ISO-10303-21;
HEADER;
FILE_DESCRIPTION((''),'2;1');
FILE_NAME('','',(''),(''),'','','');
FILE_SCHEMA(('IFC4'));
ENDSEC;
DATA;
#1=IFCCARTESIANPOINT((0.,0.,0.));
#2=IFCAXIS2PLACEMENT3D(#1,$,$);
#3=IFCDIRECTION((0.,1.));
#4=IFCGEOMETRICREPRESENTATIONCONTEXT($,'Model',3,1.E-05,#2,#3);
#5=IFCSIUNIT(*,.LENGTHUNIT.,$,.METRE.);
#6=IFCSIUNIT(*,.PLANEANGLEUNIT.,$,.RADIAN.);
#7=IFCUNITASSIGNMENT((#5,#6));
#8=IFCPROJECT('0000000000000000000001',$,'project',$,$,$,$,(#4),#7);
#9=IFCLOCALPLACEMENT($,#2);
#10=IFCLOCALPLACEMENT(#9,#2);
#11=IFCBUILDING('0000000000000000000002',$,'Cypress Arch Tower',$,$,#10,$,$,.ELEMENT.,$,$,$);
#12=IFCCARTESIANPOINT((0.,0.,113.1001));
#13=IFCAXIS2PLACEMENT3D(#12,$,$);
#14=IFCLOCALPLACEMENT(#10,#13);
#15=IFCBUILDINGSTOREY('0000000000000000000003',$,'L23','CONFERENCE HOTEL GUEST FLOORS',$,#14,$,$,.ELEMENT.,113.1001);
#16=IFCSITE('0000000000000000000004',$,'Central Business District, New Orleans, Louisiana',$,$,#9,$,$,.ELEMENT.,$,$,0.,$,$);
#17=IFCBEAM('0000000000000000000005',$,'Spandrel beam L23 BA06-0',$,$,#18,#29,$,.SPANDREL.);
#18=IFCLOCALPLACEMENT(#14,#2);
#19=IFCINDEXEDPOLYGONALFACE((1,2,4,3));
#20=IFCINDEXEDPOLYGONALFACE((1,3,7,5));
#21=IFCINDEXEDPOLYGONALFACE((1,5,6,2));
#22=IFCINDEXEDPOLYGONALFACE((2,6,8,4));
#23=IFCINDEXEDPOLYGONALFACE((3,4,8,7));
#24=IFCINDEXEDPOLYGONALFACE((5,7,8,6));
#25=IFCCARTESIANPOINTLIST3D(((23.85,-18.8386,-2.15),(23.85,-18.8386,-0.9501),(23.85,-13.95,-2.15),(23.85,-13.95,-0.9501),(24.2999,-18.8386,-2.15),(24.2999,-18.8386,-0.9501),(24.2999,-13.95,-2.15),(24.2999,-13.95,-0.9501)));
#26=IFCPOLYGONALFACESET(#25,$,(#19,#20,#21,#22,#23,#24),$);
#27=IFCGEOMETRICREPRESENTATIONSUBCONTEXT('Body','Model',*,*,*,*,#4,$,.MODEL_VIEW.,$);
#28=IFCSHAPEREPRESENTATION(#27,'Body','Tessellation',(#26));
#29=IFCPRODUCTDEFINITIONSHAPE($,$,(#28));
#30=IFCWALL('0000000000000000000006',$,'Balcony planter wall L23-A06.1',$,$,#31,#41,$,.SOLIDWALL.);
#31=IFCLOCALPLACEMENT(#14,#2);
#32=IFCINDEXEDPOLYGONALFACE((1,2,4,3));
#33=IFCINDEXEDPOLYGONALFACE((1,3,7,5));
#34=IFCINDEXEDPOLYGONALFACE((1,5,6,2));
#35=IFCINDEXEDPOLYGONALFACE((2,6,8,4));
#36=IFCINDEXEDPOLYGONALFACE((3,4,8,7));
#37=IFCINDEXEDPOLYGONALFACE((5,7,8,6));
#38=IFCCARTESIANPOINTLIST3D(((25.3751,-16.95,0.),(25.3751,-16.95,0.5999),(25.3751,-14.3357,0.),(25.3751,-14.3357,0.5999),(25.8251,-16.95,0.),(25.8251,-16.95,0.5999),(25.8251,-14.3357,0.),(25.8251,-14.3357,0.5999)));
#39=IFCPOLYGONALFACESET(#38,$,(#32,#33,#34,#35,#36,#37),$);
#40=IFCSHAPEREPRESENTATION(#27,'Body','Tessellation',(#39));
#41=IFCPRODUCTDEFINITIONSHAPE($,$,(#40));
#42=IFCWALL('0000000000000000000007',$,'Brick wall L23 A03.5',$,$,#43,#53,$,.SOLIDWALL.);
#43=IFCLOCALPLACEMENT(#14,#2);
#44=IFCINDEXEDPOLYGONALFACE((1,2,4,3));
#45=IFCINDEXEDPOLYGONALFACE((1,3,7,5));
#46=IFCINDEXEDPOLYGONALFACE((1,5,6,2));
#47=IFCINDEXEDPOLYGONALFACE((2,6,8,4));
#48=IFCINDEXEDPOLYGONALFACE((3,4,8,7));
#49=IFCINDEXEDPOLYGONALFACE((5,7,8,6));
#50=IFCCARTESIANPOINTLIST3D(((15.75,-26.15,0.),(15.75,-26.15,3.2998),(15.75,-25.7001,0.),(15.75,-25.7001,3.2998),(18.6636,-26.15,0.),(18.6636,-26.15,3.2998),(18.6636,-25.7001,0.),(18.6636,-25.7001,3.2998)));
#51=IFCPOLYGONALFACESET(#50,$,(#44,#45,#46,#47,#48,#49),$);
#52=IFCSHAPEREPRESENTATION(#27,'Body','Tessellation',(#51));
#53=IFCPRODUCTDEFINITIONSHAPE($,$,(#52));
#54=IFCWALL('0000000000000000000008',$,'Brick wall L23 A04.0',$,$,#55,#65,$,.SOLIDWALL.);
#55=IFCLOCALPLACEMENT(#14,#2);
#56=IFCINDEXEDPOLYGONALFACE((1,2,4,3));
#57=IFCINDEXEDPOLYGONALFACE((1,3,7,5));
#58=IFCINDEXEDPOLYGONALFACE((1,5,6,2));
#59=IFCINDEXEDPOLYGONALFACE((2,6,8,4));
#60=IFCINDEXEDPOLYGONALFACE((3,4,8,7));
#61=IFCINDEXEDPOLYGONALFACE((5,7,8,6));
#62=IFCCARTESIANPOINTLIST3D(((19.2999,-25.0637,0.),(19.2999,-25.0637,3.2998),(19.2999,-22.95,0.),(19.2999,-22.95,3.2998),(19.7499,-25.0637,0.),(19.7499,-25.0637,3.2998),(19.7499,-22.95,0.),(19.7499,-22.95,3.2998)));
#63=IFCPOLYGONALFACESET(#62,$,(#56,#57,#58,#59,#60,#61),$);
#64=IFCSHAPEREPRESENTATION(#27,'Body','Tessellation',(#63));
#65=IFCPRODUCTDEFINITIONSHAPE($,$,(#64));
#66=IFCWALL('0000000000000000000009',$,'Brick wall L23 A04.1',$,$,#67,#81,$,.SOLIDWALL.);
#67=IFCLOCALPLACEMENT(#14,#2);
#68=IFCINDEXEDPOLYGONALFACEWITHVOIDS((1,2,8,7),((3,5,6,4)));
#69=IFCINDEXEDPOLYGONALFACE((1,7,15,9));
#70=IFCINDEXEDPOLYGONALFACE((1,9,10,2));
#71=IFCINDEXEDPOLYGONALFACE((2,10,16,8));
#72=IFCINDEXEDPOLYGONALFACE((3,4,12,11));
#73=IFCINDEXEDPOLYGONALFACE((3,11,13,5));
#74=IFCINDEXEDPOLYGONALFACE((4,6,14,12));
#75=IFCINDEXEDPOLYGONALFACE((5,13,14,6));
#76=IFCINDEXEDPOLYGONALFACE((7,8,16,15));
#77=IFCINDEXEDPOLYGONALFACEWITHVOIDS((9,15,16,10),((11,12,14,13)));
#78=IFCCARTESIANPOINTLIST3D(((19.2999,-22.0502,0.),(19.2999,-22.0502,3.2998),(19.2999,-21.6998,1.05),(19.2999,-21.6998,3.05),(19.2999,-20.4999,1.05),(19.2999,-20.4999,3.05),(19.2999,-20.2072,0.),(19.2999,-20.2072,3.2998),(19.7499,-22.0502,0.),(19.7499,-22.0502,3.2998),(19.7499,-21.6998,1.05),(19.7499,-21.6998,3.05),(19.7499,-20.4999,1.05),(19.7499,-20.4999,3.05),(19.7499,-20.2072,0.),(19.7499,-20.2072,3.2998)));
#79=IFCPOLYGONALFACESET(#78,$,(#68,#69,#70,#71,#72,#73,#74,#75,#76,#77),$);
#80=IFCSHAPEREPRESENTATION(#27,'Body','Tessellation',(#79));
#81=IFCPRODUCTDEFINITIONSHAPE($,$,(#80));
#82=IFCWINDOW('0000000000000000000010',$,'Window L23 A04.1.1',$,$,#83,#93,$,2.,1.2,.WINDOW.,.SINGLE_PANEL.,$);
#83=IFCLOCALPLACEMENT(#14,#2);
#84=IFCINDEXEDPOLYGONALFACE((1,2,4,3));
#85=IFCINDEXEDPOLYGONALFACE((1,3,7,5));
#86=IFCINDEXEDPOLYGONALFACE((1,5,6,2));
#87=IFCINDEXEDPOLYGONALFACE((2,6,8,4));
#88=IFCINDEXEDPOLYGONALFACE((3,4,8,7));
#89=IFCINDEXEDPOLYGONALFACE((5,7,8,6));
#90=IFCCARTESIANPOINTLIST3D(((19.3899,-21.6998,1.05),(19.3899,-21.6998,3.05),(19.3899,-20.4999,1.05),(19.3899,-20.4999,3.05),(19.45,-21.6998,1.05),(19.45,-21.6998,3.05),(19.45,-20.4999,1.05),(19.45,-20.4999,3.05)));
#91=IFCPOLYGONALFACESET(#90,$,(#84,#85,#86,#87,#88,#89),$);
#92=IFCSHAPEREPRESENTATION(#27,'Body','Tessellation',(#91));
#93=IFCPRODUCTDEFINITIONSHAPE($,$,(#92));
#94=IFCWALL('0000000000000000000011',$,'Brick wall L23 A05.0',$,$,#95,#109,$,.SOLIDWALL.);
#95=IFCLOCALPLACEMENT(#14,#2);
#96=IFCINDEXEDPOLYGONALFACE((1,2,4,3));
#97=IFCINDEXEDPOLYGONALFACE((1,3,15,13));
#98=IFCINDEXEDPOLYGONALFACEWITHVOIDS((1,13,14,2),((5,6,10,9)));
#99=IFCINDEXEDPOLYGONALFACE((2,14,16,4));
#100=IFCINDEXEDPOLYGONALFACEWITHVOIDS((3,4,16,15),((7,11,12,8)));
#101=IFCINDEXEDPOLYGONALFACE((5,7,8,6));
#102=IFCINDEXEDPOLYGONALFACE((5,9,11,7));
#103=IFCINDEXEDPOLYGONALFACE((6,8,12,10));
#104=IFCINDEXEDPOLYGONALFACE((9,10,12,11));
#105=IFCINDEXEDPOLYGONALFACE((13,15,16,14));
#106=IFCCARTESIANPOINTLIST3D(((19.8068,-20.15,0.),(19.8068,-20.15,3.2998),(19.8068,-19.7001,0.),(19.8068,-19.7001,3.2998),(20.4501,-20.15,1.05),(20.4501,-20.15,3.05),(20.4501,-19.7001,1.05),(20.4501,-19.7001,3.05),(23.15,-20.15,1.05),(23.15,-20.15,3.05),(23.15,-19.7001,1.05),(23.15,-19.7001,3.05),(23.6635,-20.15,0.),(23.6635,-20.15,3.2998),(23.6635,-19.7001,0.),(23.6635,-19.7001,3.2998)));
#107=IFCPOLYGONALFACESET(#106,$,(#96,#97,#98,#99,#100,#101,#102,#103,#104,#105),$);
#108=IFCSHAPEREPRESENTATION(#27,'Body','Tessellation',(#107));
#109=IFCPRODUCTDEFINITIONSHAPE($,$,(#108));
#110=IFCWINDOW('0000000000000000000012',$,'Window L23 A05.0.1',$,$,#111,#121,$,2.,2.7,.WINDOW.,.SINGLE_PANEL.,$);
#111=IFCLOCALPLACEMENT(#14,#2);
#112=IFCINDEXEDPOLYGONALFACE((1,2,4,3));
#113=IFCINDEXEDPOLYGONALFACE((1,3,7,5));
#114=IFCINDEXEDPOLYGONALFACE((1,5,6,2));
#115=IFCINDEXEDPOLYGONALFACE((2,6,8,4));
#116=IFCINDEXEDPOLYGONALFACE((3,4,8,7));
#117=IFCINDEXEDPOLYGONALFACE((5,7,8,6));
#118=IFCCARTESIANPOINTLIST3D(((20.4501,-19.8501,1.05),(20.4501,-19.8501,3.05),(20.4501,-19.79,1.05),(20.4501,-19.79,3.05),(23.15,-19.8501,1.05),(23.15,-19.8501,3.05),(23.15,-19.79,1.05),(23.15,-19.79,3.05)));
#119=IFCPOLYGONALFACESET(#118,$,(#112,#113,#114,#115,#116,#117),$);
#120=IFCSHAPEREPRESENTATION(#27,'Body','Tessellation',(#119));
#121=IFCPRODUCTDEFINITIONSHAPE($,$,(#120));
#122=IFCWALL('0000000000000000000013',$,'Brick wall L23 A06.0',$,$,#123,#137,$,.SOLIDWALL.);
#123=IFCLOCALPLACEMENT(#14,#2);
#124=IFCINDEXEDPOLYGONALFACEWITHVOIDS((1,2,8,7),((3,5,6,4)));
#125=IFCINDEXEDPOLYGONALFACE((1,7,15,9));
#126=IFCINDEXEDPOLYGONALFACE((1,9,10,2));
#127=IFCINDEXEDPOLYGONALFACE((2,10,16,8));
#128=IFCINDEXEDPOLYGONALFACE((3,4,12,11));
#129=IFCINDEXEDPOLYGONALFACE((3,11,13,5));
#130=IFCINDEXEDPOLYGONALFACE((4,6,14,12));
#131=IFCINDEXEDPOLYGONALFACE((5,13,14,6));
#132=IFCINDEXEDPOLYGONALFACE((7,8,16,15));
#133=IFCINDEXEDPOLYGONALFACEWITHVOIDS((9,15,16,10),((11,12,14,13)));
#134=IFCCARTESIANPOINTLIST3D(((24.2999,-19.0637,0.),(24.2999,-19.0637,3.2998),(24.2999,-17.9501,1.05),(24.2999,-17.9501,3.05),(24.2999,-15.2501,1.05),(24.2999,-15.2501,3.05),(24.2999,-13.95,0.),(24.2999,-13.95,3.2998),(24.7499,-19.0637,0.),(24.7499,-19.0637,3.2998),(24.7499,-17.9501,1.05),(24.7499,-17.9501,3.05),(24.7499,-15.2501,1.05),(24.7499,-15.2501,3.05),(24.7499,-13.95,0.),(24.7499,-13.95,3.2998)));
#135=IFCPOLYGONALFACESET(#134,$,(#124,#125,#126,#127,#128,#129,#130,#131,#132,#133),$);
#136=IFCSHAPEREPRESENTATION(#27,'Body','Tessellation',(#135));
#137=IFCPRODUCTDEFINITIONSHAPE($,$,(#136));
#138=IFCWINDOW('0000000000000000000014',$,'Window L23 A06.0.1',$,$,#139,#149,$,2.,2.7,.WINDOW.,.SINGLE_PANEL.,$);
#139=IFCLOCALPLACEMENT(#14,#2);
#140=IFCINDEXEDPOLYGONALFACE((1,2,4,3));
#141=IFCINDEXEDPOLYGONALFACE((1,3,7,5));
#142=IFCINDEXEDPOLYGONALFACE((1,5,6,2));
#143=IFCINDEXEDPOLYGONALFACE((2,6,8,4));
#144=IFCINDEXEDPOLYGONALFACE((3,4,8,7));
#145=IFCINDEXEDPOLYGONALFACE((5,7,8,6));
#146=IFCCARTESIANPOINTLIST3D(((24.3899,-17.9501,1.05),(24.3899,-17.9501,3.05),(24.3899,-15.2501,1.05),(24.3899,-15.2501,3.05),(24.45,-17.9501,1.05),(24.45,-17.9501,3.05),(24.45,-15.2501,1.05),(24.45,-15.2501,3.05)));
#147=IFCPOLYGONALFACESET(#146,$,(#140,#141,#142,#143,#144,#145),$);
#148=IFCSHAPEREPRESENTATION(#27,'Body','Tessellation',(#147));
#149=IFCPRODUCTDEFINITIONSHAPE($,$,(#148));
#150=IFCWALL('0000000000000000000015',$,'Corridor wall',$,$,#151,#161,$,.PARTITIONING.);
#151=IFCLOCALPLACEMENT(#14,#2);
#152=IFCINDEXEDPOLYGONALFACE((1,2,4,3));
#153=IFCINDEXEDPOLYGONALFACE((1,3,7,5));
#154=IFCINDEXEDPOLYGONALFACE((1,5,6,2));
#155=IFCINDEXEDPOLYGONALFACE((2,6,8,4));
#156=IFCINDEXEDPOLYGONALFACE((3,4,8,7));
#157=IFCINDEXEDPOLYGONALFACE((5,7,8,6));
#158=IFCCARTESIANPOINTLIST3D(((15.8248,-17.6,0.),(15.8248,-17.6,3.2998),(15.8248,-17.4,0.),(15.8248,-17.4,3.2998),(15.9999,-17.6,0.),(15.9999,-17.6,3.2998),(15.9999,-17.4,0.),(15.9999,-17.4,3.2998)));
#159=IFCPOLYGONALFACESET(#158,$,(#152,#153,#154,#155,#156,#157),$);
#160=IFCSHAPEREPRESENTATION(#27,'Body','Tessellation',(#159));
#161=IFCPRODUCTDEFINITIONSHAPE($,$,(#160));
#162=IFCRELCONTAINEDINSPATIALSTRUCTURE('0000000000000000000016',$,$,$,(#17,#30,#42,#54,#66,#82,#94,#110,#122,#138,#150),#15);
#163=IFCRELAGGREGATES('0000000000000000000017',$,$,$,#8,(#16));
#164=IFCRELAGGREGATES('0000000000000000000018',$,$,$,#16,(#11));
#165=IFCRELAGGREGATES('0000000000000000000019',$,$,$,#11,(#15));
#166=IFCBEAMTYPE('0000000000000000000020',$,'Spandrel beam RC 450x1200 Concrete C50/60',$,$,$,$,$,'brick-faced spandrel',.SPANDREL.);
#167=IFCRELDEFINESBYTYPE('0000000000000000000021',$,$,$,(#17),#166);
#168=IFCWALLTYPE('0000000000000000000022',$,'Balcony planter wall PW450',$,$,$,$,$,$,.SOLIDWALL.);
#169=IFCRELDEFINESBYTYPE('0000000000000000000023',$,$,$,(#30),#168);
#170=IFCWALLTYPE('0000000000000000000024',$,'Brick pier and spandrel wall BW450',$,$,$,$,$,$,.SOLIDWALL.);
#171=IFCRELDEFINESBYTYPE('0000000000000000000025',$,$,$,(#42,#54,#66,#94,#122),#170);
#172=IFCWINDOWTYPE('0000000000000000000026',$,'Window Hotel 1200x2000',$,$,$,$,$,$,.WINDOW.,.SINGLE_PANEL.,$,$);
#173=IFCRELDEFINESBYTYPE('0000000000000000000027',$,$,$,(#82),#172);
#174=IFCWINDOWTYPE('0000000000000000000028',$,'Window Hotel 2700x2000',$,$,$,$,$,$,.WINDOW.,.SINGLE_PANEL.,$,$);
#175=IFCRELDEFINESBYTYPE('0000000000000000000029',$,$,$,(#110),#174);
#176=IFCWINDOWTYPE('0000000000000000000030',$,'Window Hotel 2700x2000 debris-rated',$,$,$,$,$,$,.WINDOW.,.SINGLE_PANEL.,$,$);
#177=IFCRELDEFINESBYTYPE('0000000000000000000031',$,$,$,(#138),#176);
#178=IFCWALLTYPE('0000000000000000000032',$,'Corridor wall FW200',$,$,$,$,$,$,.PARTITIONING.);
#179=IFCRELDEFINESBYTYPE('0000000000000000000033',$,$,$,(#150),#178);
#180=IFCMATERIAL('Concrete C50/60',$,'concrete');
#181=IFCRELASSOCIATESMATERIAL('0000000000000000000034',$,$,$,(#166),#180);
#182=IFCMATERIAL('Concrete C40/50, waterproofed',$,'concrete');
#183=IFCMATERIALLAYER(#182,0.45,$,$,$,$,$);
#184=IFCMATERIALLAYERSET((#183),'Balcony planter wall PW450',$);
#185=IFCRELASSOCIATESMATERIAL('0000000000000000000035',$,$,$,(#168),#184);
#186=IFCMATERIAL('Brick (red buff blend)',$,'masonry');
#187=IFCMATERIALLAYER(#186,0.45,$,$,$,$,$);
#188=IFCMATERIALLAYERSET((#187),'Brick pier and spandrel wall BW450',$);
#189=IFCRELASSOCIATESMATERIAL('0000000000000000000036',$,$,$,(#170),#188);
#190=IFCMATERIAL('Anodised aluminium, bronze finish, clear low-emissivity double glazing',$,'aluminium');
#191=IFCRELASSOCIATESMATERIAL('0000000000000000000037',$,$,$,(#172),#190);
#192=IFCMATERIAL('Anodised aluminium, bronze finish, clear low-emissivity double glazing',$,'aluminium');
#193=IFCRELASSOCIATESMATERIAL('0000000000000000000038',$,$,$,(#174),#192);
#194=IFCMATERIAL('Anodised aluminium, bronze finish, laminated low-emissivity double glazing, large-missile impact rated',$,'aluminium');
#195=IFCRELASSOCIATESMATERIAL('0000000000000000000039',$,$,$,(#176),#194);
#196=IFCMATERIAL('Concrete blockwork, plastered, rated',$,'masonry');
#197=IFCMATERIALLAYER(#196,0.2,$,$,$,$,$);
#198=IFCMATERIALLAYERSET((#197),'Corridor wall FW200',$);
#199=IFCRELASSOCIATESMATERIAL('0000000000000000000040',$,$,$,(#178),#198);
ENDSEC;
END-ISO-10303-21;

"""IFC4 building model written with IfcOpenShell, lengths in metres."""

from ifc_helpers import new_model, si_unit, direction, frame, frame_2d, origin, origin_2d, place, context, subcontext, project, spatial, rectangle, extrude, material, layer, layer_set, material_profile, profile_set, type_object, element, fill, save


model = new_model("IFC4")

# Units and contexts
model_context = context("Model", 3, precision=1e-05, world=origin(), true_north=direction((0.0, 1.0)))
body_context = subcontext(model_context, "Body", "Model", "MODEL_VIEW")
ifc_project = project(units=[si_unit("LENGTHUNIT", "METRE"), si_unit("PLANEANGLEUNIT", "RADIAN")], contexts=[model_context])

# Site, building, storey
site_placement = place(None, origin())
site = spatial("IfcSite", under=ifc_project, at=site_placement, Name="Central Business District, New Orleans, Louisiana", CompositionType="ELEMENT", RefElevation=0.0)
building_placement = place(site_placement, origin())
building = spatial("IfcBuilding", under=site, at=building_placement, Name="Cypress Arch Tower", CompositionType="ELEMENT")
storey_placement = place(building_placement, frame((0.0, 0.0, 113.1001)))
storey = spatial("IfcBuildingStorey", under=building, at=storey_placement, Name="L23", Description="CONFERENCE HOTEL GUEST FLOORS", CompositionType="ELEMENT", Elevation=113.1001)

# Beam
ifc_material_1 = material(Name="Concrete C50/60", Category="concrete")
ifc_material_profile_1 = material_profile(ifc_material_1, rectangle(XDim=0.45, YDim=1.2, at=origin_2d()), Name="RC 450x1200")
ifc_profile_set_1 = profile_set([ifc_material_profile_1], Name="Concrete C50/60")
beam_type = type_object("IfcBeamType", Name="Spandrel beam RC 450x1200 Concrete C50/60", ElementType="brick-faced spandrel", PredefinedType="SPANDREL", material=ifc_profile_set_1)
beam_1_placement = place(storey_placement, frame((24.075, -18.8386, -1.55), z_axis=(0.0, 1.0, 0.0), x_axis=(-1.0, 0.0, 0.0)))
element("IfcBeam", 1, at=beam_1_placement, inside=storey, type_object=beam_type, Name="Spandrel beam L23 BA06-0", PredefinedType="SPANDREL", context=body_context, shape_type="SweptSolid", body=[
    extrude(rectangle(XDim=0.45, YDim=1.2, at=origin_2d()), origin(), (0.0, 0.0, 1.0), 4.8887),
])

# Walls
ifc_material_2 = material(Name="Concrete C40/50, waterproofed", Category="concrete")
ifc_layer_1 = layer(ifc_material_2, 0.45)
ifc_layer_set_1 = layer_set([ifc_layer_1], Name="Balcony planter wall PW450")
wall_type_1 = type_object("IfcWallType", Name="Balcony planter wall PW450", PredefinedType="SOLIDWALL", material=ifc_layer_set_1)
wall_1_placement = place(storey_placement, frame((25.6001, -16.95, 0.0), z_axis=(0.0, 0.0, 1.0), x_axis=(0.0, 1.0, 0.0)))
element("IfcWall", 2, at=wall_1_placement, inside=storey, type_object=wall_type_1, Name="Balcony planter wall L23-A06.1", PredefinedType="SOLIDWALL", context=body_context, shape_type="SweptSolid", body=[
    extrude(rectangle(XDim=2.6143, YDim=0.45, at=frame_2d((1.3071, 0.0))), origin(), (0.0, 0.0, 1.0), 0.5999),
])
ifc_material_3 = material(Name="Brick (red buff blend)", Category="masonry")
ifc_layer_2 = layer(ifc_material_3, 0.45)
ifc_layer_set_2 = layer_set([ifc_layer_2], Name="Brick pier and spandrel wall BW450")
wall_type_2 = type_object("IfcWallType", Name="Brick pier and spandrel wall BW450", PredefinedType="SOLIDWALL", material=ifc_layer_set_2)
wall_2_placement = place(storey_placement, frame((15.75, -25.925, 0.0), z_axis=(0.0, 0.0, 1.0), x_axis=(1.0, 0.0, 0.0)))
element("IfcWall", 3, at=wall_2_placement, inside=storey, type_object=wall_type_2, Name="Brick wall L23 A03.5", PredefinedType="SOLIDWALL", context=body_context, shape_type="SweptSolid", body=[
    extrude(rectangle(XDim=2.9136, YDim=0.45, at=frame_2d((1.4568, 0.0))), origin(), (0.0, 0.0, 1.0), 3.2998),
])
wall_3_placement = place(storey_placement, frame((19.5249, -25.0637, 0.0), z_axis=(0.0, 0.0, 1.0), x_axis=(0.0, 1.0, 0.0)))
element("IfcWall", 4, at=wall_3_placement, inside=storey, type_object=wall_type_2, Name="Brick wall L23 A04.0", PredefinedType="SOLIDWALL", context=body_context, shape_type="SweptSolid", body=[
    extrude(rectangle(XDim=2.1138, YDim=0.45, at=frame_2d((1.0569, 0.0))), origin(), (0.0, 0.0, 1.0), 3.2998),
])

# Walls, openings, windows
wall_4_placement = place(storey_placement, frame((19.5249, -22.05, 0.0), z_axis=(0.0, 0.0, 1.0), x_axis=(0.0, 1.0, 0.0)))
wall_4 = element("IfcWall", 5, at=wall_4_placement, inside=storey, type_object=wall_type_2, Name="Brick wall L23 A04.1", PredefinedType="SOLIDWALL", context=body_context, shape_type="SweptSolid", body=[
    extrude(rectangle(XDim=1.843, YDim=0.45, at=frame_2d((0.9214, 0.0))), origin(), (0.0, 0.0, 1.0), 3.2998),
])
opening_1_placement = place(wall_4_placement, frame((0.3501, 0.0, 1.05)))
opening_1 = element("IfcOpeningElement", 6, at=opening_1_placement, cuts=wall_4, PredefinedType="OPENING", context=body_context, shape_type="SweptSolid", body=[
    extrude(rectangle(XDim=1.2, YDim=2.0, at=frame_2d((0.6001, 1.0))), frame((0.0, 0.2349, 0.0), z_axis=(0.0, -1.0, 0.0), x_axis=(1.0, 0.0, 0.0)), (0.0, 0.0, 1.0), 0.47),
])
ifc_material_4 = material(Name="Anodised aluminium, bronze finish, clear low-emissivity double glazing", Category="aluminium")
window_type_1 = type_object("IfcWindowType", Name="Window Hotel 1200x2000", PartitioningType="SINGLE_PANEL", PredefinedType="WINDOW", material=ifc_material_4)
window_1_placement = place(opening_1_placement, origin())
window_1 = element("IfcWindow", 7, at=window_1_placement, inside=storey, type_object=window_type_1, Name="Window L23 A04.1.1", OverallHeight=2.0, OverallWidth=1.2, PartitioningType="SINGLE_PANEL", PredefinedType="WINDOW", context=body_context, shape_type="SweptSolid", body=[
    extrude(rectangle(XDim=1.2, YDim=2.0, at=frame_2d((0.6001, 1.0))), frame((0.0, 0.135, 0.0), z_axis=(0.0, -1.0, 0.0), x_axis=(1.0, 0.0, 0.0)), (0.0, 0.0, 1.0), 0.0601),
])
fill(opening_1, window_1)
wall_5_placement = place(storey_placement, frame((19.8069, -19.925, 0.0), z_axis=(0.0, 0.0, 1.0), x_axis=(1.0, 0.0, 0.0)))
wall_5 = element("IfcWall", 8, at=wall_5_placement, inside=storey, type_object=wall_type_2, Name="Brick wall L23 A05.0", PredefinedType="SOLIDWALL", context=body_context, shape_type="SweptSolid", body=[
    extrude(rectangle(XDim=3.8567, YDim=0.45, at=frame_2d((1.9282, 0.0))), origin(), (0.0, 0.0, 1.0), 3.2998),
])
opening_2_placement = place(wall_5_placement, frame((0.6431, 0.0, 1.05)))
opening_2 = element("IfcOpeningElement", 9, at=opening_2_placement, cuts=wall_5, PredefinedType="OPENING", context=body_context, shape_type="SweptSolid", body=[
    extrude(rectangle(XDim=2.7, YDim=2.0, at=frame_2d((1.3501, 1.0))), frame((0.0, 0.2349, 0.0), z_axis=(0.0, -1.0, 0.0), x_axis=(1.0, 0.0, 0.0)), (0.0, 0.0, 1.0), 0.47),
])
ifc_material_5 = material(Name="Anodised aluminium, bronze finish, clear low-emissivity double glazing", Category="aluminium")
window_type_2 = type_object("IfcWindowType", Name="Window Hotel 2700x2000", PartitioningType="SINGLE_PANEL", PredefinedType="WINDOW", material=ifc_material_5)
window_2_placement = place(opening_2_placement, origin())
window_2 = element("IfcWindow", 10, at=window_2_placement, inside=storey, type_object=window_type_2, Name="Window L23 A05.0.1", OverallHeight=2.0, OverallWidth=2.7, PartitioningType="SINGLE_PANEL", PredefinedType="WINDOW", context=body_context, shape_type="SweptSolid", body=[
    extrude(rectangle(XDim=2.7, YDim=2.0, at=frame_2d((1.3501, 1.0))), frame((0.0, 0.135, 0.0), z_axis=(0.0, -1.0, 0.0), x_axis=(1.0, 0.0, 0.0)), (0.0, 0.0, 1.0), 0.0601),
])
fill(opening_2, window_2)
wall_6_placement = place(storey_placement, frame((24.5249, -19.0637, 0.0), z_axis=(0.0, 0.0, 1.0), x_axis=(0.0, 1.0, 0.0)))
wall_6 = element("IfcWall", 11, at=wall_6_placement, inside=storey, type_object=wall_type_2, Name="Brick wall L23 A06.0", PredefinedType="SOLIDWALL", context=body_context, shape_type="SweptSolid", body=[
    extrude(rectangle(XDim=5.1138, YDim=0.45, at=frame_2d((2.5569, 0.0))), origin(), (0.0, 0.0, 1.0), 3.2998),
])
opening_3_placement = place(wall_6_placement, frame((1.1135, 0.0, 1.05)))
opening_3 = element("IfcOpeningElement", 12, at=opening_3_placement, cuts=wall_6, PredefinedType="OPENING", context=body_context, shape_type="SweptSolid", body=[
    extrude(rectangle(XDim=2.7, YDim=2.0, at=frame_2d((1.3501, 1.0))), frame((0.0, 0.2349, 0.0), z_axis=(0.0, -1.0, 0.0), x_axis=(1.0, 0.0, 0.0)), (0.0, 0.0, 1.0), 0.47),
])
ifc_material_6 = material(Name="Anodised aluminium, bronze finish, laminated low-emissivity double glazing, large-missile impact rated", Category="aluminium")
window_type_3 = type_object("IfcWindowType", Name="Window Hotel 2700x2000 debris-rated", PartitioningType="SINGLE_PANEL", PredefinedType="WINDOW", material=ifc_material_6)
window_3_placement = place(opening_3_placement, origin())
window_3 = element("IfcWindow", 13, at=window_3_placement, inside=storey, type_object=window_type_3, Name="Window L23 A06.0.1", OverallHeight=2.0, OverallWidth=2.7, PartitioningType="SINGLE_PANEL", PredefinedType="WINDOW", context=body_context, shape_type="SweptSolid", body=[
    extrude(rectangle(XDim=2.7, YDim=2.0, at=frame_2d((1.3501, 1.0))), frame((0.0, 0.135, 0.0), z_axis=(0.0, -1.0, 0.0), x_axis=(1.0, 0.0, 0.0)), (0.0, 0.0, 1.0), 0.0601),
])
fill(opening_3, window_3)

# Wall
ifc_material_7 = material(Name="Concrete blockwork, plastered, rated", Category="masonry")
ifc_layer_3 = layer(ifc_material_7, 0.2)
ifc_layer_set_3 = layer_set([ifc_layer_3], Name="Corridor wall FW200")
wall_type_3 = type_object("IfcWallType", Name="Corridor wall FW200", PredefinedType="PARTITIONING", material=ifc_layer_set_3)
wall_7_placement = place(storey_placement, frame((15.825, -17.5, 0.0), z_axis=(0.0, 0.0, 1.0), x_axis=(1.0, 0.0, 0.0)))
element("IfcWall", 14, at=wall_7_placement, inside=storey, type_object=wall_type_3, Name="Corridor wall", PredefinedType="PARTITIONING", context=body_context, shape_type="SweptSolid", body=[
    extrude(rectangle(XDim=0.175, YDim=0.2, at=frame_2d((0.0874, 0.0))), origin(), (0.0, 0.0, 1.0), 3.2998),
])

save(model, "model.ifc")
